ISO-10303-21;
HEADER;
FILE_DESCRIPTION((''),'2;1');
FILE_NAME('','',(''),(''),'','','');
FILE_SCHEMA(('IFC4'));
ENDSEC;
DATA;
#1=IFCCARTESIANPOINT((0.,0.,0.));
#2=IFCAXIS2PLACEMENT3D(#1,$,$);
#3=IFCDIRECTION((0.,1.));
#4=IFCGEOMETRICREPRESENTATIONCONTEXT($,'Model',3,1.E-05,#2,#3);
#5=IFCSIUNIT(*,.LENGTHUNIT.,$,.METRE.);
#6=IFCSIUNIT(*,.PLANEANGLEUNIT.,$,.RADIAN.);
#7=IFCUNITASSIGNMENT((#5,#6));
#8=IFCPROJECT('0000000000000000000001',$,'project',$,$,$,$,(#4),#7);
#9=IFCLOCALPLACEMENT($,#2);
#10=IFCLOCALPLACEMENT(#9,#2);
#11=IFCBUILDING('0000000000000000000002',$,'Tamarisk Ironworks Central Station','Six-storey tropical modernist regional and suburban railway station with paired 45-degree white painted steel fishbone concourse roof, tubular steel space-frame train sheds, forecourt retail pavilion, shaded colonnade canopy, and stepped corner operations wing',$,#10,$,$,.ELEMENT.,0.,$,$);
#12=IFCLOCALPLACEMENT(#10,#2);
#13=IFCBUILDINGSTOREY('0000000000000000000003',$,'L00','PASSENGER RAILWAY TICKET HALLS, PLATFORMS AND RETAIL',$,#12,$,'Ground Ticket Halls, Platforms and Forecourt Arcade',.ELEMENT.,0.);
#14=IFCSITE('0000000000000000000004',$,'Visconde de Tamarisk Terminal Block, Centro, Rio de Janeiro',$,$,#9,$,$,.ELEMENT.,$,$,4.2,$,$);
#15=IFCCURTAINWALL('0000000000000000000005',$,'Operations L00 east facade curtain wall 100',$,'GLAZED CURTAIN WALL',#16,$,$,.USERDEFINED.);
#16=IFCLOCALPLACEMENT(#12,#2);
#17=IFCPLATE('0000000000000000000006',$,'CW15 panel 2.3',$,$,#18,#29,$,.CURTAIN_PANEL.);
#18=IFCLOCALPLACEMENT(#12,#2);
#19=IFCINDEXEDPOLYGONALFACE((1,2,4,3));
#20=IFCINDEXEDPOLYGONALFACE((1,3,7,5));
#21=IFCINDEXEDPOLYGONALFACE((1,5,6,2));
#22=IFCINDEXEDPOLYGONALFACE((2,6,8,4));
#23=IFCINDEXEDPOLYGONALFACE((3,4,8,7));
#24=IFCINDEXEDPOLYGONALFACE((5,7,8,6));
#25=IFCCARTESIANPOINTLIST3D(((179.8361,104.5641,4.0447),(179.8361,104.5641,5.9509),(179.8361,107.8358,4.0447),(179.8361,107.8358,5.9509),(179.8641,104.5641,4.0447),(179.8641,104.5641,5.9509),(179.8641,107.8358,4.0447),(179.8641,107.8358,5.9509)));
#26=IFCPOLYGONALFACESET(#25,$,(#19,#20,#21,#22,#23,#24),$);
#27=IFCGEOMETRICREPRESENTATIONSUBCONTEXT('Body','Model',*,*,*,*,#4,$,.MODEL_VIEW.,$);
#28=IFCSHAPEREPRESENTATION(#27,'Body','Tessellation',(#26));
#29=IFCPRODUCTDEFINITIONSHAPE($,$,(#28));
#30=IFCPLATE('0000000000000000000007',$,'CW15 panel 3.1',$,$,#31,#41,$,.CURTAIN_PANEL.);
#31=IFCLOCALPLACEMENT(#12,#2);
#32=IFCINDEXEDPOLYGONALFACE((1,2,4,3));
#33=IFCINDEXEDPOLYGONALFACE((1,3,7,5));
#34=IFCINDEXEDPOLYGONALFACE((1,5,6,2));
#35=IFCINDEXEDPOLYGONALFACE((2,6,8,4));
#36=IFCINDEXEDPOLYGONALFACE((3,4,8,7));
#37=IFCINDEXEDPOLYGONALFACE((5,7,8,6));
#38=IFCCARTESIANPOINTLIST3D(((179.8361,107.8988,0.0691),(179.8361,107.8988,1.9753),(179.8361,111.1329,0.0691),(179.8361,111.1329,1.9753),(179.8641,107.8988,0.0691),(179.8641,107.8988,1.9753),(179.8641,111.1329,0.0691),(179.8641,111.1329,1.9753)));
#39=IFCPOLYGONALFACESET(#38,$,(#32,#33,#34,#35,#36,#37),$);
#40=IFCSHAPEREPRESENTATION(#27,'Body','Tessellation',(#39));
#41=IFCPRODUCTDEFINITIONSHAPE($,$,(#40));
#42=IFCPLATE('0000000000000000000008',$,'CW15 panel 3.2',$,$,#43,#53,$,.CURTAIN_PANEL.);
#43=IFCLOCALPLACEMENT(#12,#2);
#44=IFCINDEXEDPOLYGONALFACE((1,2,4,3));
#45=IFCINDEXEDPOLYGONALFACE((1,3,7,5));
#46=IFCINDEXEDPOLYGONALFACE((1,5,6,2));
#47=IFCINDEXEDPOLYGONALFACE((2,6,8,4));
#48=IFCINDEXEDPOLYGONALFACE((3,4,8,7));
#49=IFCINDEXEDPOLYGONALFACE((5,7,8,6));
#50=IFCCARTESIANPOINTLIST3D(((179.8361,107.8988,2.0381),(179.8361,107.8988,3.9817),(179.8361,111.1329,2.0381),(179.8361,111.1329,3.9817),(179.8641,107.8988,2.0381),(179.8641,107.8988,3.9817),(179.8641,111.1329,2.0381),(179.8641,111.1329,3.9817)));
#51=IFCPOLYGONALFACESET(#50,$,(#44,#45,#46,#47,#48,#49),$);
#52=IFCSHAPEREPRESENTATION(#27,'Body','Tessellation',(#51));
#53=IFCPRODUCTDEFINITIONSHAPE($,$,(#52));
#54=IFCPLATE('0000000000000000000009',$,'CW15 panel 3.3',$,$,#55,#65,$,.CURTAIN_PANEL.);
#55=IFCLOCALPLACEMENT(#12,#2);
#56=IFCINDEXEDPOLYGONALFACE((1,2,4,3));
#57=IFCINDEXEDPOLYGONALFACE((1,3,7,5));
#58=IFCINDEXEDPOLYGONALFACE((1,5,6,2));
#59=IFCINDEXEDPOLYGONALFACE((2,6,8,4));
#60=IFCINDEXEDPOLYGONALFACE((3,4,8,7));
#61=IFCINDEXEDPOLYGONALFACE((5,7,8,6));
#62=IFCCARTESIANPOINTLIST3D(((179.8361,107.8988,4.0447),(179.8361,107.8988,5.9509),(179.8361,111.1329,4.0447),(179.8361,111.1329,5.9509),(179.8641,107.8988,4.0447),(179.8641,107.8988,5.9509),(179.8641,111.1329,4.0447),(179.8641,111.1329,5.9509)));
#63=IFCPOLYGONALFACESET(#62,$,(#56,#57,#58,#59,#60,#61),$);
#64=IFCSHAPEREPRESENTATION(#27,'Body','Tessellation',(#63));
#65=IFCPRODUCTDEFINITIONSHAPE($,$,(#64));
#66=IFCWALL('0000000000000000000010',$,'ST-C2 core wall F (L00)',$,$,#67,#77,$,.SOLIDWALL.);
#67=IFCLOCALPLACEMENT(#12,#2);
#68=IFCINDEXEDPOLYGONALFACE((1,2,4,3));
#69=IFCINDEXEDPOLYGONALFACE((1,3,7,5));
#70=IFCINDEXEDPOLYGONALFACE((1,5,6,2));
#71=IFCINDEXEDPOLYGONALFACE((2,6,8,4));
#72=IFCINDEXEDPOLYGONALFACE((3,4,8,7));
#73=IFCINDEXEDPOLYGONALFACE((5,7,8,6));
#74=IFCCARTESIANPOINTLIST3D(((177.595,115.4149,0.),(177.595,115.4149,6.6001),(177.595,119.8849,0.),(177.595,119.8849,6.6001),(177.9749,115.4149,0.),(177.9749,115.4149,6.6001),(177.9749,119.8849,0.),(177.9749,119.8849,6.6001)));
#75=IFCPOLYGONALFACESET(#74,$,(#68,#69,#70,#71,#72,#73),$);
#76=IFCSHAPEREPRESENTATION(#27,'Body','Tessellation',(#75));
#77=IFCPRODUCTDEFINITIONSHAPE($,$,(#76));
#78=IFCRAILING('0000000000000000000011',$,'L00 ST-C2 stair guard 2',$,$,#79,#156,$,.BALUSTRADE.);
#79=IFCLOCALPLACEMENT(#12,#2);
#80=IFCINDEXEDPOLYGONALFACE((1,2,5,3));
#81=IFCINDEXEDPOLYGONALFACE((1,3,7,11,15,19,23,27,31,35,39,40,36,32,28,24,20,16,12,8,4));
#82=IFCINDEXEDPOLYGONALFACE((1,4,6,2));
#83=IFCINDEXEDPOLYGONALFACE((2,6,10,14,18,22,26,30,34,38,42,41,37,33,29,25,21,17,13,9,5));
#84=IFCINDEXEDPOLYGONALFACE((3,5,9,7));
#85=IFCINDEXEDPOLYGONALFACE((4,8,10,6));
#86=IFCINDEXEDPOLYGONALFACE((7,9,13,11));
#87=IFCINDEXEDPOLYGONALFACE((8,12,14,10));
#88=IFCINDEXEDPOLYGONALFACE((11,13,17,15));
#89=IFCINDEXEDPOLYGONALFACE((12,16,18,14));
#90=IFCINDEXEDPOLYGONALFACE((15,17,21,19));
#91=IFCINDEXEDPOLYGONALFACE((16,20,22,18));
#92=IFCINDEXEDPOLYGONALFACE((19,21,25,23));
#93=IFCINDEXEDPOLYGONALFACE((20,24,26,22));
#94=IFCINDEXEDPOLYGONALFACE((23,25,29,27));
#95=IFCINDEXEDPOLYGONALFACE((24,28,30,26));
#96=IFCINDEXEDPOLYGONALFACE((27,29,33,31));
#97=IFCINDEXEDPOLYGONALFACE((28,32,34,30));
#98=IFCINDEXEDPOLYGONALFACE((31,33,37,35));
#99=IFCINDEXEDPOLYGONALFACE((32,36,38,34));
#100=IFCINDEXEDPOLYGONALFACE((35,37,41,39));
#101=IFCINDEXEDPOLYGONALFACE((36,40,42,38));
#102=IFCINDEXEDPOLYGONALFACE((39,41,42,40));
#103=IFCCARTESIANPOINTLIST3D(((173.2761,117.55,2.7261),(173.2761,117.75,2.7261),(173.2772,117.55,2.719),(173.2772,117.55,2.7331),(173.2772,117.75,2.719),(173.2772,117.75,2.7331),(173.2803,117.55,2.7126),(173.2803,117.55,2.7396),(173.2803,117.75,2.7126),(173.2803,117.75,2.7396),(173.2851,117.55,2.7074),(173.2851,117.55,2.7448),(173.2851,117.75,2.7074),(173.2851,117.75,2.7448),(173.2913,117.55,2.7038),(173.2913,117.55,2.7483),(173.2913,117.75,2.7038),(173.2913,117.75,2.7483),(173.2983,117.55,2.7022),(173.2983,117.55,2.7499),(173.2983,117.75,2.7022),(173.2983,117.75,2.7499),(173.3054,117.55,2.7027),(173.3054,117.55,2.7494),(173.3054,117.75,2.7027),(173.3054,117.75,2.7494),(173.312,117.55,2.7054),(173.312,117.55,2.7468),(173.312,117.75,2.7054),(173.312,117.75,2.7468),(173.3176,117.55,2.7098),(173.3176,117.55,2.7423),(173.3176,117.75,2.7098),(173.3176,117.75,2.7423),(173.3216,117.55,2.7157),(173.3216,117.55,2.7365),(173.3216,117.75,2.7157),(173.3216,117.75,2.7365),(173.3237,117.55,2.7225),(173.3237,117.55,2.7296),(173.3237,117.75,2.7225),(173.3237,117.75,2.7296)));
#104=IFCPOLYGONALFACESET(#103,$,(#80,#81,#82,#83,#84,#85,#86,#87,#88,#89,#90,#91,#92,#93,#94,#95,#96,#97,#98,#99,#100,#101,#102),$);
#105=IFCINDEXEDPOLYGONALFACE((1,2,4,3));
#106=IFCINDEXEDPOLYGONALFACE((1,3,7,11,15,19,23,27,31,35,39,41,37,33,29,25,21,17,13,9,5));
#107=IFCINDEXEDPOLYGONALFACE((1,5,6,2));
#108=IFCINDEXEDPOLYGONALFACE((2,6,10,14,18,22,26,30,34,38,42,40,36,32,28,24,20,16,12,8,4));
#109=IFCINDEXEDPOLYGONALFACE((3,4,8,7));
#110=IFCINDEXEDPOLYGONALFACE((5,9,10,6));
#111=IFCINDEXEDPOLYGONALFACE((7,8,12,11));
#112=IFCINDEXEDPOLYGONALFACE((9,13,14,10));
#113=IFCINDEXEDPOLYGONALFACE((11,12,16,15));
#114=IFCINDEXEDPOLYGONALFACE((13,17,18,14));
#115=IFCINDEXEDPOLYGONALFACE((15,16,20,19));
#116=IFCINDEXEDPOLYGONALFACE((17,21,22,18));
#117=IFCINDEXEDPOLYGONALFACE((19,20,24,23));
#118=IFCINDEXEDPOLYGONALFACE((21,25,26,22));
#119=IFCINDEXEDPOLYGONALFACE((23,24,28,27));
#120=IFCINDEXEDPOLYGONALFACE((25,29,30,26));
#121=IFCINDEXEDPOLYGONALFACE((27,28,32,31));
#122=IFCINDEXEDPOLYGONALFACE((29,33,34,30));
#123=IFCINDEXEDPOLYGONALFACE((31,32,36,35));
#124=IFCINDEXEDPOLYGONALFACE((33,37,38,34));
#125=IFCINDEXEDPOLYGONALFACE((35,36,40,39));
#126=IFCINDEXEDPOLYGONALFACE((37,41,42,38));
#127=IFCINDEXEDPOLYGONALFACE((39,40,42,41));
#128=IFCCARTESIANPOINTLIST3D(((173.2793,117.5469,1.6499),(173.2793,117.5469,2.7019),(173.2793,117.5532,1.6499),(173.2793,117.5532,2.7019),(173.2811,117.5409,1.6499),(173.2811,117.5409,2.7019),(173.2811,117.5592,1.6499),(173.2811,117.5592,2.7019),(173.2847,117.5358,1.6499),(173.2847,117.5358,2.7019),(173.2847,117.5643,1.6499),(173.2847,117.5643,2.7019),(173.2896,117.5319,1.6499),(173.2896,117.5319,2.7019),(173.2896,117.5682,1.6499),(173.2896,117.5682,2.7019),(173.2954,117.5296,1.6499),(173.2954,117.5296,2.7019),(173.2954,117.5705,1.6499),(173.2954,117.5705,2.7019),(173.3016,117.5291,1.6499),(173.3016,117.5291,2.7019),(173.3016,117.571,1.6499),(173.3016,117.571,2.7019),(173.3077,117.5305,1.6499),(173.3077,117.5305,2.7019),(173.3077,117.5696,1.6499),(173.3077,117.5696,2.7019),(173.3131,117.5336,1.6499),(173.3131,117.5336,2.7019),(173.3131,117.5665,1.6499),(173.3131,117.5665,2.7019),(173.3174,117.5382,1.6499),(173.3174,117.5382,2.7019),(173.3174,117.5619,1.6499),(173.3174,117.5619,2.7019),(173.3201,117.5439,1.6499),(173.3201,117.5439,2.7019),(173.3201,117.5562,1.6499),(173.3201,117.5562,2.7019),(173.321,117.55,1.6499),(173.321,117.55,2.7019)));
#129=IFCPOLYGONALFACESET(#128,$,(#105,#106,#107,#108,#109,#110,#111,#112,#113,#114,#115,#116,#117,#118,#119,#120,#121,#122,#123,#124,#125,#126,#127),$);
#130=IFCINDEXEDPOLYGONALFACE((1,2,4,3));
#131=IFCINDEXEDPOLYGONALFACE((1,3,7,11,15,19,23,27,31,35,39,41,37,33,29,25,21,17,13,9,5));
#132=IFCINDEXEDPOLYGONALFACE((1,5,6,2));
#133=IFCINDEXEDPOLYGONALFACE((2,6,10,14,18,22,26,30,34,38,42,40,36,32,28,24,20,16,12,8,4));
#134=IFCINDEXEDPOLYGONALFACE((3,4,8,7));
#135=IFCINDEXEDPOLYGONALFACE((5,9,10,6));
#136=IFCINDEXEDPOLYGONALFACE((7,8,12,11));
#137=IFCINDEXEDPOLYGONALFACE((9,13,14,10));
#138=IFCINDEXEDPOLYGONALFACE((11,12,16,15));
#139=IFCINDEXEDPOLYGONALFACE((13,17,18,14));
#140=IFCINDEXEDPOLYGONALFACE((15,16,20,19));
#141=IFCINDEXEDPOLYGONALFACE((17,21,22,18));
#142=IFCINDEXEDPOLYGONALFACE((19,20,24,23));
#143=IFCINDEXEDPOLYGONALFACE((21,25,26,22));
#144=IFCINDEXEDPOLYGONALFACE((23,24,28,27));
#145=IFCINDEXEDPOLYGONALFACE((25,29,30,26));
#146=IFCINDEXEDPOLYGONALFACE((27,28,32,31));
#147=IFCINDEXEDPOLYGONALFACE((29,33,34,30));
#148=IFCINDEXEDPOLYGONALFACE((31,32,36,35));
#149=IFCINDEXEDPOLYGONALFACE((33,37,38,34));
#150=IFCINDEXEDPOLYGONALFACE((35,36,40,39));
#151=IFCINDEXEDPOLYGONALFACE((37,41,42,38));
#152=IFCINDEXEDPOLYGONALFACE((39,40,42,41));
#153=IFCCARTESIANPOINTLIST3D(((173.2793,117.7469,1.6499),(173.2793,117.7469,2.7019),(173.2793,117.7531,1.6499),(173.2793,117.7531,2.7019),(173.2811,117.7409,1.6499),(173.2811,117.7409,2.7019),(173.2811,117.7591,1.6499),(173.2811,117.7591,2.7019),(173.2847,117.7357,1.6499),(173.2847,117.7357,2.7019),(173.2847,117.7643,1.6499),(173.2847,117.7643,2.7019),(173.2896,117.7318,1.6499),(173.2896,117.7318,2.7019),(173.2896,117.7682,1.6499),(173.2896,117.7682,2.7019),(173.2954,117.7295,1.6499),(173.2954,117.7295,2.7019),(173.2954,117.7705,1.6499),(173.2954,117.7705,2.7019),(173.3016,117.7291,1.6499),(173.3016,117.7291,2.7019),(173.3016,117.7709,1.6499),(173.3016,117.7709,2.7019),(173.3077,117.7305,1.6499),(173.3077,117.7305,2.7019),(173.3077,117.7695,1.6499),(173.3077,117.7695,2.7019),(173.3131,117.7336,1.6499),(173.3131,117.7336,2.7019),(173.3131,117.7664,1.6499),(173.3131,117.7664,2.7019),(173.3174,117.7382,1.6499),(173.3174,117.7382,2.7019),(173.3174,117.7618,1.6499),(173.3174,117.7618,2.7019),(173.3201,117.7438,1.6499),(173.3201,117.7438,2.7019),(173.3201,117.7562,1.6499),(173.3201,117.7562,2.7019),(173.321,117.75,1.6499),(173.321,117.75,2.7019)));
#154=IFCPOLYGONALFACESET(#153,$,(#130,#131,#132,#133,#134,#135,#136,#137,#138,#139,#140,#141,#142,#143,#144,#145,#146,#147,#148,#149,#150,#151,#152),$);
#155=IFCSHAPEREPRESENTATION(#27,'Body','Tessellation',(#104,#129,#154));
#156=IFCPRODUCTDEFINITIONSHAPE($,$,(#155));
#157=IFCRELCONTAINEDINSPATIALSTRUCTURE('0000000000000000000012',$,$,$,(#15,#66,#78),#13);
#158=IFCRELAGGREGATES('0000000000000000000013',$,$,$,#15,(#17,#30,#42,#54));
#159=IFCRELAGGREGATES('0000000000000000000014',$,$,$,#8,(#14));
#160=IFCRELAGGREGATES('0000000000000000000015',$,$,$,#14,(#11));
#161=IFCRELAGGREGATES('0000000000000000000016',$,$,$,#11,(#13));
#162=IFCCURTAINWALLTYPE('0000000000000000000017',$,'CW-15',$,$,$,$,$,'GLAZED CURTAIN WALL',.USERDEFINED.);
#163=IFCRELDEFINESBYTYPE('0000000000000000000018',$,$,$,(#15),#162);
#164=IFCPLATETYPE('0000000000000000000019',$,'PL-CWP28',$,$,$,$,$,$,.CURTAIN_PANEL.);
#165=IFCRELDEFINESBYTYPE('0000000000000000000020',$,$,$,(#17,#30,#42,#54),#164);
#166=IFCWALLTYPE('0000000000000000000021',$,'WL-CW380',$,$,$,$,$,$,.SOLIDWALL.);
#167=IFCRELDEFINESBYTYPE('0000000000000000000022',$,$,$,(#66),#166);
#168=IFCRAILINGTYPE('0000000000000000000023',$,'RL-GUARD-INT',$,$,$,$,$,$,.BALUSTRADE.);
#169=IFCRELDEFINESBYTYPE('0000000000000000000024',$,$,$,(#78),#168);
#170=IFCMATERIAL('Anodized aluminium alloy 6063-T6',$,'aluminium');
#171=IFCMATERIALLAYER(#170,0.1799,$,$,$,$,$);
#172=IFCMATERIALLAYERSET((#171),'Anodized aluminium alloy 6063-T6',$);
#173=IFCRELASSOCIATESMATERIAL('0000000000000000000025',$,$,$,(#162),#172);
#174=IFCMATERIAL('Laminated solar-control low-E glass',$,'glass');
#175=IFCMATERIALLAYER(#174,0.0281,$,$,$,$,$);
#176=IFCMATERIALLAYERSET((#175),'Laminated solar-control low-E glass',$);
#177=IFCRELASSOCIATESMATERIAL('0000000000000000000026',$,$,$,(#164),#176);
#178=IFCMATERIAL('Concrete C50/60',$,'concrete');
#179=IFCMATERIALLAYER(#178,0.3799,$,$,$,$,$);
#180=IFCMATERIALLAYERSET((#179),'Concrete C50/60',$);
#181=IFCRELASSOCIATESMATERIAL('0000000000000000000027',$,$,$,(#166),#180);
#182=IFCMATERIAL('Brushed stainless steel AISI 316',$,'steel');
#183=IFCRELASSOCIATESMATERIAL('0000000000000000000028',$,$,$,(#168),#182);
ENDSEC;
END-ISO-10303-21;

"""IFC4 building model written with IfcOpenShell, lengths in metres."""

from ifc_helpers import new_model, si_unit, direction, frame, frame_2d, origin, origin_2d, place, context, subcontext, project, spatial, rectangle, circle, extrude, material, layer, layer_set, type_object, element, aggregate, save


model = new_model("IFC4")

# Units and contexts
model_context = context("Model", 3, precision=1e-05, world=origin(), true_north=direction((0.0, 1.0)))
body_context = subcontext(model_context, "Body", "Model", "MODEL_VIEW")
ifc_project = project(units=[si_unit("LENGTHUNIT", "METRE"), si_unit("PLANEANGLEUNIT", "RADIAN")], contexts=[model_context])

# Site, building, storey
site_placement = place(None, origin())
site = spatial("IfcSite", under=ifc_project, at=site_placement, Name="Visconde de Tamarisk Terminal Block, Centro, Rio de Janeiro", CompositionType="ELEMENT", RefElevation=4.2)
building_placement = place(site_placement, origin())
building = spatial("IfcBuilding", under=site, at=building_placement, Name="Tamarisk Ironworks Central Station", Description="Six-storey tropical modernist regional and suburban railway station with paired 45-degree white painted steel fishbone concourse roof, tubular steel space-frame train sheds, forecourt retail pavilion, shaded colonnade canopy, and stepped corner operations wing", CompositionType="ELEMENT", ElevationOfRefHeight=0.0)
storey_placement = place(building_placement, origin())
storey = spatial("IfcBuildingStorey", under=building, at=storey_placement, Name="L00", Description="PASSENGER RAILWAY TICKET HALLS, PLATFORMS AND RETAIL", LongName="Ground Ticket Halls, Platforms and Forecourt Arcade", CompositionType="ELEMENT", Elevation=0.0)

# Shared definitions
ifc_material_1 = material(Name="Concrete C50/60", Category="concrete")

# Curtain wall, plates
ifc_material_2 = material(Name="Anodized aluminium alloy 6063-T6", Category="aluminium")
ifc_layer_1 = layer(ifc_material_2, 0.1799)
ifc_layer_set_1 = layer_set([ifc_layer_1], Name="Anodized aluminium alloy 6063-T6")
curtain_wall_type = type_object("IfcCurtainWallType", Name="CW-15", ElementType="GLAZED CURTAIN WALL", PredefinedType="USERDEFINED", material=ifc_layer_set_1)
curtain_wall_placement = place(storey_placement, origin())
curtain_wall = element("IfcCurtainWall", 1, at=curtain_wall_placement, inside=storey, type_object=curtain_wall_type, Name="Operations L00 east facade curtain wall 100", ObjectType="GLAZED CURTAIN WALL", PredefinedType="USERDEFINED")
ifc_material_3 = material(Name="Laminated solar-control low-E glass", Category="glass")
ifc_layer_2 = layer(ifc_material_3, 0.0281)
ifc_layer_set_2 = layer_set([ifc_layer_2], Name="Laminated solar-control low-E glass")
plate_type = type_object("IfcPlateType", Name="PL-CWP28", PredefinedType="CURTAIN_PANEL", material=ifc_layer_set_2)
plate_1_placement = place(storey_placement, frame((179.8501, 106.2, 4.0447), z_axis=(0.0, 0.0, 1.0), x_axis=(0.0, 1.0, 0.0)))
plate_1 = element("IfcPlate", 2, at=plate_1_placement, type_object=plate_type, Name="CW15 panel 2.3", PredefinedType="CURTAIN_PANEL", context=body_context, shape_type="SweptSolid", body=[
    extrude(rectangle(XDim=3.2717, YDim=0.0281, at=origin_2d()), origin(), (0.0, 0.0, 1.0), 1.9062),
])
plate_2_placement = place(storey_placement, frame((179.8501, 109.5159, 0.0691), z_axis=(0.0, 0.0, 1.0), x_axis=(0.0, 1.0, 0.0)))
plate_2 = element("IfcPlate", 3, at=plate_2_placement, type_object=plate_type, Name="CW15 panel 3.1", PredefinedType="CURTAIN_PANEL", context=body_context, shape_type="SweptSolid", body=[
    extrude(rectangle(XDim=3.2341, YDim=0.0281, at=origin_2d()), origin(), (0.0, 0.0, 1.0), 1.9062),
])
plate_3_placement = place(storey_placement, frame((179.8501, 109.5159, 2.0381), z_axis=(0.0, 0.0, 1.0), x_axis=(0.0, 1.0, 0.0)))
plate_3 = element("IfcPlate", 4, at=plate_3_placement, type_object=plate_type, Name="CW15 panel 3.2", PredefinedType="CURTAIN_PANEL", context=body_context, shape_type="SweptSolid", body=[
    extrude(rectangle(XDim=3.2341, YDim=0.0281, at=origin_2d()), origin(), (0.0, 0.0, 1.0), 1.9436),
])
plate_4_placement = place(storey_placement, frame((179.8501, 109.5159, 4.0447), z_axis=(0.0, 0.0, 1.0), x_axis=(0.0, 1.0, 0.0)))
plate_4 = element("IfcPlate", 5, at=plate_4_placement, type_object=plate_type, Name="CW15 panel 3.3", PredefinedType="CURTAIN_PANEL", context=body_context, shape_type="SweptSolid", body=[
    extrude(rectangle(XDim=3.2341, YDim=0.0281, at=origin_2d()), origin(), (0.0, 0.0, 1.0), 1.9062),
])
aggregate(curtain_wall, [plate_1, plate_2, plate_3, plate_4])

# Wall
ifc_layer_3 = layer(ifc_material_1, 0.3799)
ifc_layer_set_3 = layer_set([ifc_layer_3], Name="Concrete C50/60")
wall_type = type_object("IfcWallType", Name="WL-CW380", PredefinedType="SOLIDWALL", material=ifc_layer_set_3)
wall_placement = place(storey_placement, frame((177.7849, 115.415, 0.0), z_axis=(0.0, 0.0, 1.0), x_axis=(0.0, 1.0, 0.0)))
element("IfcWall", 6, at=wall_placement, inside=storey, type_object=wall_type, Name="ST-C2 core wall F (L00)", PredefinedType="SOLIDWALL", context=body_context, shape_type="SweptSolid", body=[
    extrude(rectangle(XDim=4.47, YDim=0.3799, at=frame_2d((2.2349, 0.0))), origin(), (0.0, 0.0, 1.0), 6.6001),
])

# Railing
ifc_material_4 = material(Name="Brushed stainless steel AISI 316", Category="steel")
railing_type_1 = type_object("IfcRailingType", Name="RL-GUARD-INT", PredefinedType="BALUSTRADE", material=ifc_material_4)
for number, where, name in (
    (7, (173.3, 117.55, 1.6499), "L00 ST-C2 stair guard 2"),
):
    element("IfcRailing", number, at=place(storey_placement, frame(where)), inside=storey, type_object=railing_type_1, Name=name, PredefinedType="BALUSTRADE", context=body_context, shape_type="SweptSolid", body=[
        extrude(circle(Radius=0.0239, at=origin_2d()), frame((0.0, 0.0, 1.0762), z_axis=(0.0, 1.0, 0.0), x_axis=(-1.0, 0.0, 0.0)), (0.0, 0.0, 1.0), 0.2),
        extrude(circle(Radius=0.021, at=origin_2d()), origin(), (0.0, 0.0, 1.0), 1.052),
        extrude(circle(Radius=0.021, at=origin_2d()), frame((0.0, 0.2, 0.0)), (0.0, 0.0, 1.0), 1.052),
    ])

save(model, "model.ifc")
